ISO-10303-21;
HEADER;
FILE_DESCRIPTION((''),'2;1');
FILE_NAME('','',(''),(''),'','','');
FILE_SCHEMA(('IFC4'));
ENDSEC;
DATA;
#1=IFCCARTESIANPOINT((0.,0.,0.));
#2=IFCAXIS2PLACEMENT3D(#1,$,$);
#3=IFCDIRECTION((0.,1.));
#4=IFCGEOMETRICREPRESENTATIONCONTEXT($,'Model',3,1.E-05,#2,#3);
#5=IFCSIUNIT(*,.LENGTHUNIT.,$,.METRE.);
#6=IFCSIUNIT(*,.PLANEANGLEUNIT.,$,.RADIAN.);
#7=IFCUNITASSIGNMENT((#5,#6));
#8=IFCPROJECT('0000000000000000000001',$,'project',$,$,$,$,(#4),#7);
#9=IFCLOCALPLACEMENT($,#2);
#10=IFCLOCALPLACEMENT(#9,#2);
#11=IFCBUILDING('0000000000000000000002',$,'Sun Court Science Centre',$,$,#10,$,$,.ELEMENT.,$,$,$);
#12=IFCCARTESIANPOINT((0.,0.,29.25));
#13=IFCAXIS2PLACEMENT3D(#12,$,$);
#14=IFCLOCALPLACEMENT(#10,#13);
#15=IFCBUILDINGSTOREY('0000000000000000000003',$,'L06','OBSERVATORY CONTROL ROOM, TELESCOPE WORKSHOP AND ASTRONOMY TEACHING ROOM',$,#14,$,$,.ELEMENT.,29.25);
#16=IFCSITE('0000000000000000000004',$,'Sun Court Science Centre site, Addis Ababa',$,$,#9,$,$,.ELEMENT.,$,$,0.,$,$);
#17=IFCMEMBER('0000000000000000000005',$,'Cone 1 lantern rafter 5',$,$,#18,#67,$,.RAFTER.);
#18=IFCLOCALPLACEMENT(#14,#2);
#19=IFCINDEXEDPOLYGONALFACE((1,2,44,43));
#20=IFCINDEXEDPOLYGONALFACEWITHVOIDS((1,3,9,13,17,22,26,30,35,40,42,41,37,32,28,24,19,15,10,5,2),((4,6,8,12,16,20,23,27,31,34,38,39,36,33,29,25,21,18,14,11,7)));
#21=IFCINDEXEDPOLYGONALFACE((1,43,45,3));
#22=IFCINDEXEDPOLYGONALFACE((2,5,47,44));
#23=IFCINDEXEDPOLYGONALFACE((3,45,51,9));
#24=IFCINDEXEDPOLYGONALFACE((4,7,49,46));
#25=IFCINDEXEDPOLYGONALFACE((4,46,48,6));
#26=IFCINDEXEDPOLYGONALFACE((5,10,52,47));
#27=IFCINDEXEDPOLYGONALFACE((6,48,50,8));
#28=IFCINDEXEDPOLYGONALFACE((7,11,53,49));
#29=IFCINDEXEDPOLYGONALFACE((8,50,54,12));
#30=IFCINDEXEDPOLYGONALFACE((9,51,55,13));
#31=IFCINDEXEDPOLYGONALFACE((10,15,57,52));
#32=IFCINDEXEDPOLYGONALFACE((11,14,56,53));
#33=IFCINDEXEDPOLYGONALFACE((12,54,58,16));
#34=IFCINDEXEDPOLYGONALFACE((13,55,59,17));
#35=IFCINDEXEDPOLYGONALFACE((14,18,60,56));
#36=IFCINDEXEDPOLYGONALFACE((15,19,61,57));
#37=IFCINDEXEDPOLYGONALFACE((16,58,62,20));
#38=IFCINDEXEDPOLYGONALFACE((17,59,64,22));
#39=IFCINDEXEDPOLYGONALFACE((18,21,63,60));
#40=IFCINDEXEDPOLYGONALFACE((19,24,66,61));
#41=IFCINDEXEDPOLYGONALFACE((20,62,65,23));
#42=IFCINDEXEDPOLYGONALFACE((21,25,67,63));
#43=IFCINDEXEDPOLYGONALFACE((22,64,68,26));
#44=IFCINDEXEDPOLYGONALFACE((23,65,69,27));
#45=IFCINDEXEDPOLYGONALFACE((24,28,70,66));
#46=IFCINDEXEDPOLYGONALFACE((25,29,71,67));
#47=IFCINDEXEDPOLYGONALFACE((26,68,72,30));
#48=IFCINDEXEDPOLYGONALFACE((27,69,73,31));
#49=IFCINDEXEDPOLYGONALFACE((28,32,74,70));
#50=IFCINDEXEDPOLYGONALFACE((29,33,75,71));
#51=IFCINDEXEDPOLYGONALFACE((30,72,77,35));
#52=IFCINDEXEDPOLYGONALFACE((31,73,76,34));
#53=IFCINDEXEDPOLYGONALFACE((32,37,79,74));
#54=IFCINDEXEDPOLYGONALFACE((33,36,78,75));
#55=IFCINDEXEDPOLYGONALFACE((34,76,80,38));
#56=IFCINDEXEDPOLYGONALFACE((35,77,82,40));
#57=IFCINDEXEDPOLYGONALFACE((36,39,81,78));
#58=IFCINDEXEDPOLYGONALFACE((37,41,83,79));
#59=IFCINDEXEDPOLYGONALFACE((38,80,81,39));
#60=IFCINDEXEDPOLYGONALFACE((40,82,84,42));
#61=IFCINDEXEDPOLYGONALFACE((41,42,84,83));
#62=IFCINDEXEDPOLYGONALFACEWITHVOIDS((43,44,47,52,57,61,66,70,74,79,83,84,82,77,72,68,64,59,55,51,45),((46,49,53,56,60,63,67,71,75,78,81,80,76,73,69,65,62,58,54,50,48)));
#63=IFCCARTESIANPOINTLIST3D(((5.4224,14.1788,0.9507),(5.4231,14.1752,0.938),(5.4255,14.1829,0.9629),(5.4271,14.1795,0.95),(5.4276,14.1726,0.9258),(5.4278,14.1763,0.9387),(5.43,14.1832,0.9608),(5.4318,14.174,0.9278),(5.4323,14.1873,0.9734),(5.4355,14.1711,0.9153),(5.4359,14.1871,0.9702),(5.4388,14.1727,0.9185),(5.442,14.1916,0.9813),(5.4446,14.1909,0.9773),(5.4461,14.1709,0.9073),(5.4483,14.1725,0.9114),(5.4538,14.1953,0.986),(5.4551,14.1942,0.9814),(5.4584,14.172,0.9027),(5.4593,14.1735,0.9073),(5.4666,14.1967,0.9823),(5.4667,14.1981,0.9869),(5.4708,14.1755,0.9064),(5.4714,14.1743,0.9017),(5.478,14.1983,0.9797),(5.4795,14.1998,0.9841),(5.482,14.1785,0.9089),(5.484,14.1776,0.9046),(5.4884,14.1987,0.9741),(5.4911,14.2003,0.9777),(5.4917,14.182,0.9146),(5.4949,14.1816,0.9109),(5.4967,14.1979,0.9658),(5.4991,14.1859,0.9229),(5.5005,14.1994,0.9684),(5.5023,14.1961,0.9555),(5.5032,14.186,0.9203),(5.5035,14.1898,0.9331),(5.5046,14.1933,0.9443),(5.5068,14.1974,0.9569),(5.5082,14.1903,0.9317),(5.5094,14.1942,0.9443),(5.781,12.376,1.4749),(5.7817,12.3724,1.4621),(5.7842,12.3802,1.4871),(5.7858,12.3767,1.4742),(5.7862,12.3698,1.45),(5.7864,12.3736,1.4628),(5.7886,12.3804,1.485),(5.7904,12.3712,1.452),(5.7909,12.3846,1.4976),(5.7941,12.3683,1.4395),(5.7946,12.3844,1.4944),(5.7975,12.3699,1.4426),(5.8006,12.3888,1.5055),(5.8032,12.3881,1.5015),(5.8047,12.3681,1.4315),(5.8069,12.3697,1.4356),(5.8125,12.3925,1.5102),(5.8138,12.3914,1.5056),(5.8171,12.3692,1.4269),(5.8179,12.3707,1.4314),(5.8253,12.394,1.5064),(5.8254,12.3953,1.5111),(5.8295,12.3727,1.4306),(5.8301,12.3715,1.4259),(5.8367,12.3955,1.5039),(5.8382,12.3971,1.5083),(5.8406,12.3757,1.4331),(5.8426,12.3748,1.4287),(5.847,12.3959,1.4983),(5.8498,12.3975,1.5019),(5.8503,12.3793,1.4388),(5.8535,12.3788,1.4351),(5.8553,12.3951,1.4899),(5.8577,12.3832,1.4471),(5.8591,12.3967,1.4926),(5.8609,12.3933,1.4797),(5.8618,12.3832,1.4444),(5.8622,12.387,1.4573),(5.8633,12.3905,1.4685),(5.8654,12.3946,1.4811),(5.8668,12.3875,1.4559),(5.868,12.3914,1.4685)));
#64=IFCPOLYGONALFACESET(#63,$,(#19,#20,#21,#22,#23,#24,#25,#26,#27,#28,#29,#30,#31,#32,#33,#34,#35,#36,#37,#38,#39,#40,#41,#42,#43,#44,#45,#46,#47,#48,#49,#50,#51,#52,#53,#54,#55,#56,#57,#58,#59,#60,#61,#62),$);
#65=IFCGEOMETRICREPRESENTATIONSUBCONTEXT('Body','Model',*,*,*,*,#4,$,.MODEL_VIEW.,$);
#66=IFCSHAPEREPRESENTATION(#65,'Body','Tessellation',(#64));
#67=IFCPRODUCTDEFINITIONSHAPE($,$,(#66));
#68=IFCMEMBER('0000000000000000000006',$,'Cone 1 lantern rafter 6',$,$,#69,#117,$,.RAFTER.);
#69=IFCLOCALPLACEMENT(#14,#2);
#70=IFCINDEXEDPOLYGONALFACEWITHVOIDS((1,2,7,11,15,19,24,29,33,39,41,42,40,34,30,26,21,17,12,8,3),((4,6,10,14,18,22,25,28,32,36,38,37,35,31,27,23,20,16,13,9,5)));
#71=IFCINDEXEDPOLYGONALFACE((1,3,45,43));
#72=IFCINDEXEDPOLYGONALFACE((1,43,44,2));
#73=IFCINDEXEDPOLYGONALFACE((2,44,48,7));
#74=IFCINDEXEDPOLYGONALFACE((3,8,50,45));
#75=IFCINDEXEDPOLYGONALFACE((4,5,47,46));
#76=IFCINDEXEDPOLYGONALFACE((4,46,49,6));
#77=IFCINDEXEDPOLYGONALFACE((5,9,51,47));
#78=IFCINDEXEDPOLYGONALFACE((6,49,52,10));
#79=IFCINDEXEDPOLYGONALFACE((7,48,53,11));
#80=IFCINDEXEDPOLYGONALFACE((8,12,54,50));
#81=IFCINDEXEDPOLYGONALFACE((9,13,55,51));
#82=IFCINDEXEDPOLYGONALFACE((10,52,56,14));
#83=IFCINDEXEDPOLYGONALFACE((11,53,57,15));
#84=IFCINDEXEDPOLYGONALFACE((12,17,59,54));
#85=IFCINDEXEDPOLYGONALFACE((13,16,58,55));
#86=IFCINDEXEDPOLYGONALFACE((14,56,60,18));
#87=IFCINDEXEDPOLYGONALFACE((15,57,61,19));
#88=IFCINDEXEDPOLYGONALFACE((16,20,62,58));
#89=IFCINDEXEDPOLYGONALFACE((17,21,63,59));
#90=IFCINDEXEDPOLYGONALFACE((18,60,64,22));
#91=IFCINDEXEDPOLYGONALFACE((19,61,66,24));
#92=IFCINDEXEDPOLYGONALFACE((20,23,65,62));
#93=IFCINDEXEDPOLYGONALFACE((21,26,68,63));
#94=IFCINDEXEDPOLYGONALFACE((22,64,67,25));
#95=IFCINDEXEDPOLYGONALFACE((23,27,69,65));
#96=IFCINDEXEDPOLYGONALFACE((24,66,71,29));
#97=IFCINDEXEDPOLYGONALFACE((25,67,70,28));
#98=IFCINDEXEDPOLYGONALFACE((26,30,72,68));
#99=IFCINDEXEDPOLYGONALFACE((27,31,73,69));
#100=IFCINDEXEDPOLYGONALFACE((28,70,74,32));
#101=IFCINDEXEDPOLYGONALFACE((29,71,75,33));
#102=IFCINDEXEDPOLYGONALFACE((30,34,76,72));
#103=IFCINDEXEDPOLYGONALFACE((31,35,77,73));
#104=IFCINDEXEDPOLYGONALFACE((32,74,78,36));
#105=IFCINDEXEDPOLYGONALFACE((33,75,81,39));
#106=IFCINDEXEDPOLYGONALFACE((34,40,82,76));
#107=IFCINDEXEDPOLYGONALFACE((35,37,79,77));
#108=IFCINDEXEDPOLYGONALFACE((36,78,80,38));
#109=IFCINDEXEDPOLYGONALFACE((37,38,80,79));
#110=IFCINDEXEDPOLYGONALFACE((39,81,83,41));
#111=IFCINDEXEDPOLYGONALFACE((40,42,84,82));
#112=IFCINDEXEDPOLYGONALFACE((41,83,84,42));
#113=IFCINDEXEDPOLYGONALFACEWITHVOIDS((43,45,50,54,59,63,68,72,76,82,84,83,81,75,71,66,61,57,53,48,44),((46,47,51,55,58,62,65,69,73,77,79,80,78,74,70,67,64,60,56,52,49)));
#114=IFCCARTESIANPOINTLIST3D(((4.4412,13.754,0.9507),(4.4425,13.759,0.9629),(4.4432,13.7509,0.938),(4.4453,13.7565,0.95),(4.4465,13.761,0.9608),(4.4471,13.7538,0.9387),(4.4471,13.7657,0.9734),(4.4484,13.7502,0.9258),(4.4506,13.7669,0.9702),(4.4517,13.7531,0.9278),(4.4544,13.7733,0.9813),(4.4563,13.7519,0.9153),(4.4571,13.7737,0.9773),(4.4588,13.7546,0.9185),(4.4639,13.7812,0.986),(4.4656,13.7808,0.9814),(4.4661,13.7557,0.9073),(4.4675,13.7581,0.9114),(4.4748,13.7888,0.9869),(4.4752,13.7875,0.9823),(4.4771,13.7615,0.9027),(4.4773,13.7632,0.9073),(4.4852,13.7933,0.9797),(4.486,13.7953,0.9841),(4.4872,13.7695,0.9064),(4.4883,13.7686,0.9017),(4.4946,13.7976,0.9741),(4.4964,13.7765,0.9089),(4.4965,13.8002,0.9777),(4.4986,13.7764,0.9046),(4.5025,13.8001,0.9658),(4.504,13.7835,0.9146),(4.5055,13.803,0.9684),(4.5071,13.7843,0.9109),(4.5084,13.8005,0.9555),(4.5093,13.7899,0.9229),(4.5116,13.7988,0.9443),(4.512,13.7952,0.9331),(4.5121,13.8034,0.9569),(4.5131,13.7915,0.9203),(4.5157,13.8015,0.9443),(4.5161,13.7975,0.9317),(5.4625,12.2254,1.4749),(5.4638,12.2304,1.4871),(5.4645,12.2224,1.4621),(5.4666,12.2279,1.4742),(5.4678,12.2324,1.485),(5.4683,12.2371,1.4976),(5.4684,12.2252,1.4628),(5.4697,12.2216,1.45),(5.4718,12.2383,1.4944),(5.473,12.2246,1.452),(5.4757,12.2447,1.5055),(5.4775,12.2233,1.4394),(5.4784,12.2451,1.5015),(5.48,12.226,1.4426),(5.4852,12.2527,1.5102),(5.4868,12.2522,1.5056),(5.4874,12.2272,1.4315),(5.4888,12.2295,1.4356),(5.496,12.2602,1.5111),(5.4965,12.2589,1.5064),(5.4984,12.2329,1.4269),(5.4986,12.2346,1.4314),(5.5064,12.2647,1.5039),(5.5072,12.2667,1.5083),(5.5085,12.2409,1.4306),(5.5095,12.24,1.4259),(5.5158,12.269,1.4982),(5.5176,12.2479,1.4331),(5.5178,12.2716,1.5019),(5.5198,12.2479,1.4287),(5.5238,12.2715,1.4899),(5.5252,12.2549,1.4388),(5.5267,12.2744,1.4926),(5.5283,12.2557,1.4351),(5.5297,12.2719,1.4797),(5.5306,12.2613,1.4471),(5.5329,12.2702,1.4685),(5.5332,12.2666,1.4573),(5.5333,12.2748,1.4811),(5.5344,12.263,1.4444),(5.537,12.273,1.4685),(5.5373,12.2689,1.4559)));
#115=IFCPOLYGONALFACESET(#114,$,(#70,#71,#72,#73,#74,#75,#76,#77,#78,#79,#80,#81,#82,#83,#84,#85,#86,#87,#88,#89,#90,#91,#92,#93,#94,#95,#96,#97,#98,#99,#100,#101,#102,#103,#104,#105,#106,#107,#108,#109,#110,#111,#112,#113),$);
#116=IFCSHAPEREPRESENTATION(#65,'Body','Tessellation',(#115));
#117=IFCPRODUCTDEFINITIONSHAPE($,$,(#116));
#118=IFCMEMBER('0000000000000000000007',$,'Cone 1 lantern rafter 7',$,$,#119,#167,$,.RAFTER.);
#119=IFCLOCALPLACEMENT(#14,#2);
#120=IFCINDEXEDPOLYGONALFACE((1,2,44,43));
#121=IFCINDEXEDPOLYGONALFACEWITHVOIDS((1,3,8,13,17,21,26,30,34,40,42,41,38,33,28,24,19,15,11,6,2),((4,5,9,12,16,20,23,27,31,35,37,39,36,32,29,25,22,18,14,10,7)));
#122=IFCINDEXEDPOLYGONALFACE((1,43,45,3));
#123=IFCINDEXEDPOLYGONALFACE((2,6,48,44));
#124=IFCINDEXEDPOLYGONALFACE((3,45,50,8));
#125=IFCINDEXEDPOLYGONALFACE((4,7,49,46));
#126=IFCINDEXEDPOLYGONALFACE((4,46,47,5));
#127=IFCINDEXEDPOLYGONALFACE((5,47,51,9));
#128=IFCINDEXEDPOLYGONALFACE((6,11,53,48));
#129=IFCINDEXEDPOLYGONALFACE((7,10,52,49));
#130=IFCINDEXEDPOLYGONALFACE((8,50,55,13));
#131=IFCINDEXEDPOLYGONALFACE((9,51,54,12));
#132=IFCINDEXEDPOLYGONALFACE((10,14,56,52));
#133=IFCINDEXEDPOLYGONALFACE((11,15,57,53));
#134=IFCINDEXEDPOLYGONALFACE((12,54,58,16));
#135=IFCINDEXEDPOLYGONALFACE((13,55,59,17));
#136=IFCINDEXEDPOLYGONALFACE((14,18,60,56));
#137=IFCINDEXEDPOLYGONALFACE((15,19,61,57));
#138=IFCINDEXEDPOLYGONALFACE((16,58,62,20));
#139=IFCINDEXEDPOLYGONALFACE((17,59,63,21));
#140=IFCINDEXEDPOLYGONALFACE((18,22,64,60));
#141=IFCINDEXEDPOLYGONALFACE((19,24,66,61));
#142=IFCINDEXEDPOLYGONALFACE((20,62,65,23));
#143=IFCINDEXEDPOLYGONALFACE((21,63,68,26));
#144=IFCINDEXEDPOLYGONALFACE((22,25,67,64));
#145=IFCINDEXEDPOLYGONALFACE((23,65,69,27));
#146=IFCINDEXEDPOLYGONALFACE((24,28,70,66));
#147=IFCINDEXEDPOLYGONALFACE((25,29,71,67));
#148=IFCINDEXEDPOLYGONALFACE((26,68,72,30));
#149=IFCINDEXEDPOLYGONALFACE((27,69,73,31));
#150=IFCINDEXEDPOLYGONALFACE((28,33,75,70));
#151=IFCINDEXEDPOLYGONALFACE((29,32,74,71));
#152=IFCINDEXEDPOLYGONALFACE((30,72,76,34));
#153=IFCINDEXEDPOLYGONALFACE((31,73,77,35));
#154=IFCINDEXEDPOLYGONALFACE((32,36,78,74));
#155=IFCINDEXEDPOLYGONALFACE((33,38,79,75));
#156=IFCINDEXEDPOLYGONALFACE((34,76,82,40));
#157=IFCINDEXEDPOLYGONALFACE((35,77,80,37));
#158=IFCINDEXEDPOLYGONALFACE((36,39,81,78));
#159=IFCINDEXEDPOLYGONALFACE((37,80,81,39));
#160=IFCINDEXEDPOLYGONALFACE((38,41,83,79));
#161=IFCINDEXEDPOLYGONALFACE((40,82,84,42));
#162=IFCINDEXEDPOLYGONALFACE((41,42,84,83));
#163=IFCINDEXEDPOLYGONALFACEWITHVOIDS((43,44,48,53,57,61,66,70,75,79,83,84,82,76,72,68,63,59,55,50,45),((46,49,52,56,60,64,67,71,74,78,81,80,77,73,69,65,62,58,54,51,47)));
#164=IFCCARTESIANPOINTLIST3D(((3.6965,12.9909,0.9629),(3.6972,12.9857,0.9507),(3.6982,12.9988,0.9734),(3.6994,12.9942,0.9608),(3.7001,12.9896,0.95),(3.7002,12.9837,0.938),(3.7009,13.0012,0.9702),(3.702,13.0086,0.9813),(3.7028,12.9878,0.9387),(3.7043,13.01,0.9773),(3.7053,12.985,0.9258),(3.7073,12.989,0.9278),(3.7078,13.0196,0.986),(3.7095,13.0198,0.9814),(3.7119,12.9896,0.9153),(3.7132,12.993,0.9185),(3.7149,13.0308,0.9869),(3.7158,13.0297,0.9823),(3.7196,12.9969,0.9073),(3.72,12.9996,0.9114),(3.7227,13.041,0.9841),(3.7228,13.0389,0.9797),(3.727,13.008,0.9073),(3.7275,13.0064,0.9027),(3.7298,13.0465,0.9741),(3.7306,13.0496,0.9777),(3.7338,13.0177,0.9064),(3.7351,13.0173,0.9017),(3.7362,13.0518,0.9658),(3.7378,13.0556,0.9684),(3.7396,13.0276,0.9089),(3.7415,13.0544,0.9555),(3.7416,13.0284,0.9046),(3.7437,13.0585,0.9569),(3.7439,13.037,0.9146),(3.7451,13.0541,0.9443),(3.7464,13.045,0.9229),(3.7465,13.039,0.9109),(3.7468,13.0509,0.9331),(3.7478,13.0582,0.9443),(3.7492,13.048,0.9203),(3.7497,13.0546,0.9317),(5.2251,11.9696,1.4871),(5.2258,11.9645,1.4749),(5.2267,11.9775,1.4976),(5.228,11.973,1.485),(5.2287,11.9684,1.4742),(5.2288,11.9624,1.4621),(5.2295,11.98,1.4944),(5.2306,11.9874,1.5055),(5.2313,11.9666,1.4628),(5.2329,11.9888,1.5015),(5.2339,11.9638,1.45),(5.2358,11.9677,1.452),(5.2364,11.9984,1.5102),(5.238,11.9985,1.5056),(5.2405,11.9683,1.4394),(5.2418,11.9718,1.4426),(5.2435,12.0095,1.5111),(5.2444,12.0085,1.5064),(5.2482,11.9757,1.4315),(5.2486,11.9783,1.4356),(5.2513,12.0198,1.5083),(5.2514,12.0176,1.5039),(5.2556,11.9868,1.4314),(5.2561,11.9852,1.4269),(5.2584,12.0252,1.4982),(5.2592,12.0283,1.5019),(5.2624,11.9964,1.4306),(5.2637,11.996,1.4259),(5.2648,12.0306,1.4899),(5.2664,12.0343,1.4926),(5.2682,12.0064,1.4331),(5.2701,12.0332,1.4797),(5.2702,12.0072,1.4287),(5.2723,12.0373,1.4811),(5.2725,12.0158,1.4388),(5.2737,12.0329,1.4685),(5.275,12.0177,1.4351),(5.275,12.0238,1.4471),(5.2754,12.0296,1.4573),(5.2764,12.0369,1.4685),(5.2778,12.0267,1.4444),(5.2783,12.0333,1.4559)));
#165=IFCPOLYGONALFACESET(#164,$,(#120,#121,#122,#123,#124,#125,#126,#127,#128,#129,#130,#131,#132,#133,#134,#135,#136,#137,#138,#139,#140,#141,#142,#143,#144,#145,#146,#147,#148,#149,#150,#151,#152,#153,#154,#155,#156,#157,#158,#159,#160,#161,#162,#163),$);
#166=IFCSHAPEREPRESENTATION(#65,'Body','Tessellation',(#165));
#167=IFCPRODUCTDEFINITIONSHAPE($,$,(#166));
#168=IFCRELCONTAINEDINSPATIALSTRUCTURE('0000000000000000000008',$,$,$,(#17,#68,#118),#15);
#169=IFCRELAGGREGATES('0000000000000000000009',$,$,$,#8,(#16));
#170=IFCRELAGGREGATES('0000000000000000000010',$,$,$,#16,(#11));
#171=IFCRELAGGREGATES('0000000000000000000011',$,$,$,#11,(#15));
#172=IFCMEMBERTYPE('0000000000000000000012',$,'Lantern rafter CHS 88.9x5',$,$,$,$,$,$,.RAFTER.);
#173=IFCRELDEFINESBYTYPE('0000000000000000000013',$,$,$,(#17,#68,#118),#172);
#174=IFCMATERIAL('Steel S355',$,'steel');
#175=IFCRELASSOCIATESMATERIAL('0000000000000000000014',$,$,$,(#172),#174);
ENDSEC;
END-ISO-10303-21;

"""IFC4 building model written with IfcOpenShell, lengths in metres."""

from ifc_helpers import new_model, si_unit, direction, frame, origin, origin_2d, place, context, subcontext, project, spatial, hollow_circle, extrude, material, material_profile, profile_set, type_object, element, save


model = new_model("IFC4")

# Units and contexts
model_context = context("Model", 3, precision=1e-05, world=origin(), true_north=direction((0.0, 1.0)))
body_context = subcontext(model_context, "Body", "Model", "MODEL_VIEW")
ifc_project = project(units=[si_unit("LENGTHUNIT", "METRE"), si_unit("PLANEANGLEUNIT", "RADIAN")], contexts=[model_context])

# Site, building, storey
site_placement = place(None, origin())
site = spatial("IfcSite", under=ifc_project, at=site_placement, Name="Sun Court Science Centre site, Addis Ababa", CompositionType="ELEMENT", RefElevation=0.0)
building_placement = place(site_placement, origin())
building = spatial("IfcBuilding", under=site, at=building_placement, Name="Sun Court Science Centre", CompositionType="ELEMENT")
storey_placement = place(building_placement, frame((0.0, 0.0, 29.25)))
storey = spatial("IfcBuildingStorey", under=building, at=storey_placement, Name="L06", Description="OBSERVATORY CONTROL ROOM, TELESCOPE WORKSHOP AND ASTRONOMY TEACHING ROOM", CompositionType="ELEMENT", Elevation=29.25)

# Members
ifc_material_1 = material(Name="Steel S355", Category="steel")
ifc_material_profile_1 = material_profile(ifc_material_1, hollow_circle(Radius=0.0444, WallThickness=0.0049, at=origin_2d()), Name="CHS 88.9x5")
ifc_profile_set_1 = profile_set([ifc_material_profile_1], Name="Steel S355")
member_type_1 = type_object("IfcMemberType", Name="Lantern rafter CHS 88.9x5", PredefinedType="RAFTER", material=ifc_profile_set_1)
member_1_placement = place(storey_placement, frame((5.4658, 14.1855, 0.9443), z_axis=(0.187639, -0.943177, 0.274242), x_axis=(0.980779, 0.19512, 0.0)))
element("IfcMember", 1, at=member_1_placement, inside=storey, type_object=member_type_1, Name="Cone 1 lantern rafter 5", PredefinedType="RAFTER", context=body_context, shape_type="SweptSolid", body=[
    extrude(hollow_circle(Radius=0.0444, WallThickness=0.0049, at=origin_2d()), origin(), (0.0, 0.0, 1.0), 1.9114),
])
for number, where, z_axis, x_axis, name in (
    (2, (4.4788, 13.7769, 0.9443), (0.534235, -0.799628, 0.274206), (0.831498, 0.555527, 0.0), "Cone 1 lantern rafter 6"),
    (3, (3.7231, 13.0212, 0.9443), (0.799628, -0.534235, 0.274206), (0.555527, 0.831498, 0.0), "Cone 1 lantern rafter 7"),
):
    element("IfcMember", number, at=place(storey_placement, frame(where, z_axis=z_axis, x_axis=x_axis)), inside=storey, type_object=member_type_1, Name=name, PredefinedType="RAFTER", context=body_context, shape_type="SweptSolid", body=[
        extrude(hollow_circle(Radius=0.0444, WallThickness=0.0049, at=origin_2d()), origin(), (0.0, 0.0, 1.0), 1.9116),
    ])

save(model, "model.ifc")
